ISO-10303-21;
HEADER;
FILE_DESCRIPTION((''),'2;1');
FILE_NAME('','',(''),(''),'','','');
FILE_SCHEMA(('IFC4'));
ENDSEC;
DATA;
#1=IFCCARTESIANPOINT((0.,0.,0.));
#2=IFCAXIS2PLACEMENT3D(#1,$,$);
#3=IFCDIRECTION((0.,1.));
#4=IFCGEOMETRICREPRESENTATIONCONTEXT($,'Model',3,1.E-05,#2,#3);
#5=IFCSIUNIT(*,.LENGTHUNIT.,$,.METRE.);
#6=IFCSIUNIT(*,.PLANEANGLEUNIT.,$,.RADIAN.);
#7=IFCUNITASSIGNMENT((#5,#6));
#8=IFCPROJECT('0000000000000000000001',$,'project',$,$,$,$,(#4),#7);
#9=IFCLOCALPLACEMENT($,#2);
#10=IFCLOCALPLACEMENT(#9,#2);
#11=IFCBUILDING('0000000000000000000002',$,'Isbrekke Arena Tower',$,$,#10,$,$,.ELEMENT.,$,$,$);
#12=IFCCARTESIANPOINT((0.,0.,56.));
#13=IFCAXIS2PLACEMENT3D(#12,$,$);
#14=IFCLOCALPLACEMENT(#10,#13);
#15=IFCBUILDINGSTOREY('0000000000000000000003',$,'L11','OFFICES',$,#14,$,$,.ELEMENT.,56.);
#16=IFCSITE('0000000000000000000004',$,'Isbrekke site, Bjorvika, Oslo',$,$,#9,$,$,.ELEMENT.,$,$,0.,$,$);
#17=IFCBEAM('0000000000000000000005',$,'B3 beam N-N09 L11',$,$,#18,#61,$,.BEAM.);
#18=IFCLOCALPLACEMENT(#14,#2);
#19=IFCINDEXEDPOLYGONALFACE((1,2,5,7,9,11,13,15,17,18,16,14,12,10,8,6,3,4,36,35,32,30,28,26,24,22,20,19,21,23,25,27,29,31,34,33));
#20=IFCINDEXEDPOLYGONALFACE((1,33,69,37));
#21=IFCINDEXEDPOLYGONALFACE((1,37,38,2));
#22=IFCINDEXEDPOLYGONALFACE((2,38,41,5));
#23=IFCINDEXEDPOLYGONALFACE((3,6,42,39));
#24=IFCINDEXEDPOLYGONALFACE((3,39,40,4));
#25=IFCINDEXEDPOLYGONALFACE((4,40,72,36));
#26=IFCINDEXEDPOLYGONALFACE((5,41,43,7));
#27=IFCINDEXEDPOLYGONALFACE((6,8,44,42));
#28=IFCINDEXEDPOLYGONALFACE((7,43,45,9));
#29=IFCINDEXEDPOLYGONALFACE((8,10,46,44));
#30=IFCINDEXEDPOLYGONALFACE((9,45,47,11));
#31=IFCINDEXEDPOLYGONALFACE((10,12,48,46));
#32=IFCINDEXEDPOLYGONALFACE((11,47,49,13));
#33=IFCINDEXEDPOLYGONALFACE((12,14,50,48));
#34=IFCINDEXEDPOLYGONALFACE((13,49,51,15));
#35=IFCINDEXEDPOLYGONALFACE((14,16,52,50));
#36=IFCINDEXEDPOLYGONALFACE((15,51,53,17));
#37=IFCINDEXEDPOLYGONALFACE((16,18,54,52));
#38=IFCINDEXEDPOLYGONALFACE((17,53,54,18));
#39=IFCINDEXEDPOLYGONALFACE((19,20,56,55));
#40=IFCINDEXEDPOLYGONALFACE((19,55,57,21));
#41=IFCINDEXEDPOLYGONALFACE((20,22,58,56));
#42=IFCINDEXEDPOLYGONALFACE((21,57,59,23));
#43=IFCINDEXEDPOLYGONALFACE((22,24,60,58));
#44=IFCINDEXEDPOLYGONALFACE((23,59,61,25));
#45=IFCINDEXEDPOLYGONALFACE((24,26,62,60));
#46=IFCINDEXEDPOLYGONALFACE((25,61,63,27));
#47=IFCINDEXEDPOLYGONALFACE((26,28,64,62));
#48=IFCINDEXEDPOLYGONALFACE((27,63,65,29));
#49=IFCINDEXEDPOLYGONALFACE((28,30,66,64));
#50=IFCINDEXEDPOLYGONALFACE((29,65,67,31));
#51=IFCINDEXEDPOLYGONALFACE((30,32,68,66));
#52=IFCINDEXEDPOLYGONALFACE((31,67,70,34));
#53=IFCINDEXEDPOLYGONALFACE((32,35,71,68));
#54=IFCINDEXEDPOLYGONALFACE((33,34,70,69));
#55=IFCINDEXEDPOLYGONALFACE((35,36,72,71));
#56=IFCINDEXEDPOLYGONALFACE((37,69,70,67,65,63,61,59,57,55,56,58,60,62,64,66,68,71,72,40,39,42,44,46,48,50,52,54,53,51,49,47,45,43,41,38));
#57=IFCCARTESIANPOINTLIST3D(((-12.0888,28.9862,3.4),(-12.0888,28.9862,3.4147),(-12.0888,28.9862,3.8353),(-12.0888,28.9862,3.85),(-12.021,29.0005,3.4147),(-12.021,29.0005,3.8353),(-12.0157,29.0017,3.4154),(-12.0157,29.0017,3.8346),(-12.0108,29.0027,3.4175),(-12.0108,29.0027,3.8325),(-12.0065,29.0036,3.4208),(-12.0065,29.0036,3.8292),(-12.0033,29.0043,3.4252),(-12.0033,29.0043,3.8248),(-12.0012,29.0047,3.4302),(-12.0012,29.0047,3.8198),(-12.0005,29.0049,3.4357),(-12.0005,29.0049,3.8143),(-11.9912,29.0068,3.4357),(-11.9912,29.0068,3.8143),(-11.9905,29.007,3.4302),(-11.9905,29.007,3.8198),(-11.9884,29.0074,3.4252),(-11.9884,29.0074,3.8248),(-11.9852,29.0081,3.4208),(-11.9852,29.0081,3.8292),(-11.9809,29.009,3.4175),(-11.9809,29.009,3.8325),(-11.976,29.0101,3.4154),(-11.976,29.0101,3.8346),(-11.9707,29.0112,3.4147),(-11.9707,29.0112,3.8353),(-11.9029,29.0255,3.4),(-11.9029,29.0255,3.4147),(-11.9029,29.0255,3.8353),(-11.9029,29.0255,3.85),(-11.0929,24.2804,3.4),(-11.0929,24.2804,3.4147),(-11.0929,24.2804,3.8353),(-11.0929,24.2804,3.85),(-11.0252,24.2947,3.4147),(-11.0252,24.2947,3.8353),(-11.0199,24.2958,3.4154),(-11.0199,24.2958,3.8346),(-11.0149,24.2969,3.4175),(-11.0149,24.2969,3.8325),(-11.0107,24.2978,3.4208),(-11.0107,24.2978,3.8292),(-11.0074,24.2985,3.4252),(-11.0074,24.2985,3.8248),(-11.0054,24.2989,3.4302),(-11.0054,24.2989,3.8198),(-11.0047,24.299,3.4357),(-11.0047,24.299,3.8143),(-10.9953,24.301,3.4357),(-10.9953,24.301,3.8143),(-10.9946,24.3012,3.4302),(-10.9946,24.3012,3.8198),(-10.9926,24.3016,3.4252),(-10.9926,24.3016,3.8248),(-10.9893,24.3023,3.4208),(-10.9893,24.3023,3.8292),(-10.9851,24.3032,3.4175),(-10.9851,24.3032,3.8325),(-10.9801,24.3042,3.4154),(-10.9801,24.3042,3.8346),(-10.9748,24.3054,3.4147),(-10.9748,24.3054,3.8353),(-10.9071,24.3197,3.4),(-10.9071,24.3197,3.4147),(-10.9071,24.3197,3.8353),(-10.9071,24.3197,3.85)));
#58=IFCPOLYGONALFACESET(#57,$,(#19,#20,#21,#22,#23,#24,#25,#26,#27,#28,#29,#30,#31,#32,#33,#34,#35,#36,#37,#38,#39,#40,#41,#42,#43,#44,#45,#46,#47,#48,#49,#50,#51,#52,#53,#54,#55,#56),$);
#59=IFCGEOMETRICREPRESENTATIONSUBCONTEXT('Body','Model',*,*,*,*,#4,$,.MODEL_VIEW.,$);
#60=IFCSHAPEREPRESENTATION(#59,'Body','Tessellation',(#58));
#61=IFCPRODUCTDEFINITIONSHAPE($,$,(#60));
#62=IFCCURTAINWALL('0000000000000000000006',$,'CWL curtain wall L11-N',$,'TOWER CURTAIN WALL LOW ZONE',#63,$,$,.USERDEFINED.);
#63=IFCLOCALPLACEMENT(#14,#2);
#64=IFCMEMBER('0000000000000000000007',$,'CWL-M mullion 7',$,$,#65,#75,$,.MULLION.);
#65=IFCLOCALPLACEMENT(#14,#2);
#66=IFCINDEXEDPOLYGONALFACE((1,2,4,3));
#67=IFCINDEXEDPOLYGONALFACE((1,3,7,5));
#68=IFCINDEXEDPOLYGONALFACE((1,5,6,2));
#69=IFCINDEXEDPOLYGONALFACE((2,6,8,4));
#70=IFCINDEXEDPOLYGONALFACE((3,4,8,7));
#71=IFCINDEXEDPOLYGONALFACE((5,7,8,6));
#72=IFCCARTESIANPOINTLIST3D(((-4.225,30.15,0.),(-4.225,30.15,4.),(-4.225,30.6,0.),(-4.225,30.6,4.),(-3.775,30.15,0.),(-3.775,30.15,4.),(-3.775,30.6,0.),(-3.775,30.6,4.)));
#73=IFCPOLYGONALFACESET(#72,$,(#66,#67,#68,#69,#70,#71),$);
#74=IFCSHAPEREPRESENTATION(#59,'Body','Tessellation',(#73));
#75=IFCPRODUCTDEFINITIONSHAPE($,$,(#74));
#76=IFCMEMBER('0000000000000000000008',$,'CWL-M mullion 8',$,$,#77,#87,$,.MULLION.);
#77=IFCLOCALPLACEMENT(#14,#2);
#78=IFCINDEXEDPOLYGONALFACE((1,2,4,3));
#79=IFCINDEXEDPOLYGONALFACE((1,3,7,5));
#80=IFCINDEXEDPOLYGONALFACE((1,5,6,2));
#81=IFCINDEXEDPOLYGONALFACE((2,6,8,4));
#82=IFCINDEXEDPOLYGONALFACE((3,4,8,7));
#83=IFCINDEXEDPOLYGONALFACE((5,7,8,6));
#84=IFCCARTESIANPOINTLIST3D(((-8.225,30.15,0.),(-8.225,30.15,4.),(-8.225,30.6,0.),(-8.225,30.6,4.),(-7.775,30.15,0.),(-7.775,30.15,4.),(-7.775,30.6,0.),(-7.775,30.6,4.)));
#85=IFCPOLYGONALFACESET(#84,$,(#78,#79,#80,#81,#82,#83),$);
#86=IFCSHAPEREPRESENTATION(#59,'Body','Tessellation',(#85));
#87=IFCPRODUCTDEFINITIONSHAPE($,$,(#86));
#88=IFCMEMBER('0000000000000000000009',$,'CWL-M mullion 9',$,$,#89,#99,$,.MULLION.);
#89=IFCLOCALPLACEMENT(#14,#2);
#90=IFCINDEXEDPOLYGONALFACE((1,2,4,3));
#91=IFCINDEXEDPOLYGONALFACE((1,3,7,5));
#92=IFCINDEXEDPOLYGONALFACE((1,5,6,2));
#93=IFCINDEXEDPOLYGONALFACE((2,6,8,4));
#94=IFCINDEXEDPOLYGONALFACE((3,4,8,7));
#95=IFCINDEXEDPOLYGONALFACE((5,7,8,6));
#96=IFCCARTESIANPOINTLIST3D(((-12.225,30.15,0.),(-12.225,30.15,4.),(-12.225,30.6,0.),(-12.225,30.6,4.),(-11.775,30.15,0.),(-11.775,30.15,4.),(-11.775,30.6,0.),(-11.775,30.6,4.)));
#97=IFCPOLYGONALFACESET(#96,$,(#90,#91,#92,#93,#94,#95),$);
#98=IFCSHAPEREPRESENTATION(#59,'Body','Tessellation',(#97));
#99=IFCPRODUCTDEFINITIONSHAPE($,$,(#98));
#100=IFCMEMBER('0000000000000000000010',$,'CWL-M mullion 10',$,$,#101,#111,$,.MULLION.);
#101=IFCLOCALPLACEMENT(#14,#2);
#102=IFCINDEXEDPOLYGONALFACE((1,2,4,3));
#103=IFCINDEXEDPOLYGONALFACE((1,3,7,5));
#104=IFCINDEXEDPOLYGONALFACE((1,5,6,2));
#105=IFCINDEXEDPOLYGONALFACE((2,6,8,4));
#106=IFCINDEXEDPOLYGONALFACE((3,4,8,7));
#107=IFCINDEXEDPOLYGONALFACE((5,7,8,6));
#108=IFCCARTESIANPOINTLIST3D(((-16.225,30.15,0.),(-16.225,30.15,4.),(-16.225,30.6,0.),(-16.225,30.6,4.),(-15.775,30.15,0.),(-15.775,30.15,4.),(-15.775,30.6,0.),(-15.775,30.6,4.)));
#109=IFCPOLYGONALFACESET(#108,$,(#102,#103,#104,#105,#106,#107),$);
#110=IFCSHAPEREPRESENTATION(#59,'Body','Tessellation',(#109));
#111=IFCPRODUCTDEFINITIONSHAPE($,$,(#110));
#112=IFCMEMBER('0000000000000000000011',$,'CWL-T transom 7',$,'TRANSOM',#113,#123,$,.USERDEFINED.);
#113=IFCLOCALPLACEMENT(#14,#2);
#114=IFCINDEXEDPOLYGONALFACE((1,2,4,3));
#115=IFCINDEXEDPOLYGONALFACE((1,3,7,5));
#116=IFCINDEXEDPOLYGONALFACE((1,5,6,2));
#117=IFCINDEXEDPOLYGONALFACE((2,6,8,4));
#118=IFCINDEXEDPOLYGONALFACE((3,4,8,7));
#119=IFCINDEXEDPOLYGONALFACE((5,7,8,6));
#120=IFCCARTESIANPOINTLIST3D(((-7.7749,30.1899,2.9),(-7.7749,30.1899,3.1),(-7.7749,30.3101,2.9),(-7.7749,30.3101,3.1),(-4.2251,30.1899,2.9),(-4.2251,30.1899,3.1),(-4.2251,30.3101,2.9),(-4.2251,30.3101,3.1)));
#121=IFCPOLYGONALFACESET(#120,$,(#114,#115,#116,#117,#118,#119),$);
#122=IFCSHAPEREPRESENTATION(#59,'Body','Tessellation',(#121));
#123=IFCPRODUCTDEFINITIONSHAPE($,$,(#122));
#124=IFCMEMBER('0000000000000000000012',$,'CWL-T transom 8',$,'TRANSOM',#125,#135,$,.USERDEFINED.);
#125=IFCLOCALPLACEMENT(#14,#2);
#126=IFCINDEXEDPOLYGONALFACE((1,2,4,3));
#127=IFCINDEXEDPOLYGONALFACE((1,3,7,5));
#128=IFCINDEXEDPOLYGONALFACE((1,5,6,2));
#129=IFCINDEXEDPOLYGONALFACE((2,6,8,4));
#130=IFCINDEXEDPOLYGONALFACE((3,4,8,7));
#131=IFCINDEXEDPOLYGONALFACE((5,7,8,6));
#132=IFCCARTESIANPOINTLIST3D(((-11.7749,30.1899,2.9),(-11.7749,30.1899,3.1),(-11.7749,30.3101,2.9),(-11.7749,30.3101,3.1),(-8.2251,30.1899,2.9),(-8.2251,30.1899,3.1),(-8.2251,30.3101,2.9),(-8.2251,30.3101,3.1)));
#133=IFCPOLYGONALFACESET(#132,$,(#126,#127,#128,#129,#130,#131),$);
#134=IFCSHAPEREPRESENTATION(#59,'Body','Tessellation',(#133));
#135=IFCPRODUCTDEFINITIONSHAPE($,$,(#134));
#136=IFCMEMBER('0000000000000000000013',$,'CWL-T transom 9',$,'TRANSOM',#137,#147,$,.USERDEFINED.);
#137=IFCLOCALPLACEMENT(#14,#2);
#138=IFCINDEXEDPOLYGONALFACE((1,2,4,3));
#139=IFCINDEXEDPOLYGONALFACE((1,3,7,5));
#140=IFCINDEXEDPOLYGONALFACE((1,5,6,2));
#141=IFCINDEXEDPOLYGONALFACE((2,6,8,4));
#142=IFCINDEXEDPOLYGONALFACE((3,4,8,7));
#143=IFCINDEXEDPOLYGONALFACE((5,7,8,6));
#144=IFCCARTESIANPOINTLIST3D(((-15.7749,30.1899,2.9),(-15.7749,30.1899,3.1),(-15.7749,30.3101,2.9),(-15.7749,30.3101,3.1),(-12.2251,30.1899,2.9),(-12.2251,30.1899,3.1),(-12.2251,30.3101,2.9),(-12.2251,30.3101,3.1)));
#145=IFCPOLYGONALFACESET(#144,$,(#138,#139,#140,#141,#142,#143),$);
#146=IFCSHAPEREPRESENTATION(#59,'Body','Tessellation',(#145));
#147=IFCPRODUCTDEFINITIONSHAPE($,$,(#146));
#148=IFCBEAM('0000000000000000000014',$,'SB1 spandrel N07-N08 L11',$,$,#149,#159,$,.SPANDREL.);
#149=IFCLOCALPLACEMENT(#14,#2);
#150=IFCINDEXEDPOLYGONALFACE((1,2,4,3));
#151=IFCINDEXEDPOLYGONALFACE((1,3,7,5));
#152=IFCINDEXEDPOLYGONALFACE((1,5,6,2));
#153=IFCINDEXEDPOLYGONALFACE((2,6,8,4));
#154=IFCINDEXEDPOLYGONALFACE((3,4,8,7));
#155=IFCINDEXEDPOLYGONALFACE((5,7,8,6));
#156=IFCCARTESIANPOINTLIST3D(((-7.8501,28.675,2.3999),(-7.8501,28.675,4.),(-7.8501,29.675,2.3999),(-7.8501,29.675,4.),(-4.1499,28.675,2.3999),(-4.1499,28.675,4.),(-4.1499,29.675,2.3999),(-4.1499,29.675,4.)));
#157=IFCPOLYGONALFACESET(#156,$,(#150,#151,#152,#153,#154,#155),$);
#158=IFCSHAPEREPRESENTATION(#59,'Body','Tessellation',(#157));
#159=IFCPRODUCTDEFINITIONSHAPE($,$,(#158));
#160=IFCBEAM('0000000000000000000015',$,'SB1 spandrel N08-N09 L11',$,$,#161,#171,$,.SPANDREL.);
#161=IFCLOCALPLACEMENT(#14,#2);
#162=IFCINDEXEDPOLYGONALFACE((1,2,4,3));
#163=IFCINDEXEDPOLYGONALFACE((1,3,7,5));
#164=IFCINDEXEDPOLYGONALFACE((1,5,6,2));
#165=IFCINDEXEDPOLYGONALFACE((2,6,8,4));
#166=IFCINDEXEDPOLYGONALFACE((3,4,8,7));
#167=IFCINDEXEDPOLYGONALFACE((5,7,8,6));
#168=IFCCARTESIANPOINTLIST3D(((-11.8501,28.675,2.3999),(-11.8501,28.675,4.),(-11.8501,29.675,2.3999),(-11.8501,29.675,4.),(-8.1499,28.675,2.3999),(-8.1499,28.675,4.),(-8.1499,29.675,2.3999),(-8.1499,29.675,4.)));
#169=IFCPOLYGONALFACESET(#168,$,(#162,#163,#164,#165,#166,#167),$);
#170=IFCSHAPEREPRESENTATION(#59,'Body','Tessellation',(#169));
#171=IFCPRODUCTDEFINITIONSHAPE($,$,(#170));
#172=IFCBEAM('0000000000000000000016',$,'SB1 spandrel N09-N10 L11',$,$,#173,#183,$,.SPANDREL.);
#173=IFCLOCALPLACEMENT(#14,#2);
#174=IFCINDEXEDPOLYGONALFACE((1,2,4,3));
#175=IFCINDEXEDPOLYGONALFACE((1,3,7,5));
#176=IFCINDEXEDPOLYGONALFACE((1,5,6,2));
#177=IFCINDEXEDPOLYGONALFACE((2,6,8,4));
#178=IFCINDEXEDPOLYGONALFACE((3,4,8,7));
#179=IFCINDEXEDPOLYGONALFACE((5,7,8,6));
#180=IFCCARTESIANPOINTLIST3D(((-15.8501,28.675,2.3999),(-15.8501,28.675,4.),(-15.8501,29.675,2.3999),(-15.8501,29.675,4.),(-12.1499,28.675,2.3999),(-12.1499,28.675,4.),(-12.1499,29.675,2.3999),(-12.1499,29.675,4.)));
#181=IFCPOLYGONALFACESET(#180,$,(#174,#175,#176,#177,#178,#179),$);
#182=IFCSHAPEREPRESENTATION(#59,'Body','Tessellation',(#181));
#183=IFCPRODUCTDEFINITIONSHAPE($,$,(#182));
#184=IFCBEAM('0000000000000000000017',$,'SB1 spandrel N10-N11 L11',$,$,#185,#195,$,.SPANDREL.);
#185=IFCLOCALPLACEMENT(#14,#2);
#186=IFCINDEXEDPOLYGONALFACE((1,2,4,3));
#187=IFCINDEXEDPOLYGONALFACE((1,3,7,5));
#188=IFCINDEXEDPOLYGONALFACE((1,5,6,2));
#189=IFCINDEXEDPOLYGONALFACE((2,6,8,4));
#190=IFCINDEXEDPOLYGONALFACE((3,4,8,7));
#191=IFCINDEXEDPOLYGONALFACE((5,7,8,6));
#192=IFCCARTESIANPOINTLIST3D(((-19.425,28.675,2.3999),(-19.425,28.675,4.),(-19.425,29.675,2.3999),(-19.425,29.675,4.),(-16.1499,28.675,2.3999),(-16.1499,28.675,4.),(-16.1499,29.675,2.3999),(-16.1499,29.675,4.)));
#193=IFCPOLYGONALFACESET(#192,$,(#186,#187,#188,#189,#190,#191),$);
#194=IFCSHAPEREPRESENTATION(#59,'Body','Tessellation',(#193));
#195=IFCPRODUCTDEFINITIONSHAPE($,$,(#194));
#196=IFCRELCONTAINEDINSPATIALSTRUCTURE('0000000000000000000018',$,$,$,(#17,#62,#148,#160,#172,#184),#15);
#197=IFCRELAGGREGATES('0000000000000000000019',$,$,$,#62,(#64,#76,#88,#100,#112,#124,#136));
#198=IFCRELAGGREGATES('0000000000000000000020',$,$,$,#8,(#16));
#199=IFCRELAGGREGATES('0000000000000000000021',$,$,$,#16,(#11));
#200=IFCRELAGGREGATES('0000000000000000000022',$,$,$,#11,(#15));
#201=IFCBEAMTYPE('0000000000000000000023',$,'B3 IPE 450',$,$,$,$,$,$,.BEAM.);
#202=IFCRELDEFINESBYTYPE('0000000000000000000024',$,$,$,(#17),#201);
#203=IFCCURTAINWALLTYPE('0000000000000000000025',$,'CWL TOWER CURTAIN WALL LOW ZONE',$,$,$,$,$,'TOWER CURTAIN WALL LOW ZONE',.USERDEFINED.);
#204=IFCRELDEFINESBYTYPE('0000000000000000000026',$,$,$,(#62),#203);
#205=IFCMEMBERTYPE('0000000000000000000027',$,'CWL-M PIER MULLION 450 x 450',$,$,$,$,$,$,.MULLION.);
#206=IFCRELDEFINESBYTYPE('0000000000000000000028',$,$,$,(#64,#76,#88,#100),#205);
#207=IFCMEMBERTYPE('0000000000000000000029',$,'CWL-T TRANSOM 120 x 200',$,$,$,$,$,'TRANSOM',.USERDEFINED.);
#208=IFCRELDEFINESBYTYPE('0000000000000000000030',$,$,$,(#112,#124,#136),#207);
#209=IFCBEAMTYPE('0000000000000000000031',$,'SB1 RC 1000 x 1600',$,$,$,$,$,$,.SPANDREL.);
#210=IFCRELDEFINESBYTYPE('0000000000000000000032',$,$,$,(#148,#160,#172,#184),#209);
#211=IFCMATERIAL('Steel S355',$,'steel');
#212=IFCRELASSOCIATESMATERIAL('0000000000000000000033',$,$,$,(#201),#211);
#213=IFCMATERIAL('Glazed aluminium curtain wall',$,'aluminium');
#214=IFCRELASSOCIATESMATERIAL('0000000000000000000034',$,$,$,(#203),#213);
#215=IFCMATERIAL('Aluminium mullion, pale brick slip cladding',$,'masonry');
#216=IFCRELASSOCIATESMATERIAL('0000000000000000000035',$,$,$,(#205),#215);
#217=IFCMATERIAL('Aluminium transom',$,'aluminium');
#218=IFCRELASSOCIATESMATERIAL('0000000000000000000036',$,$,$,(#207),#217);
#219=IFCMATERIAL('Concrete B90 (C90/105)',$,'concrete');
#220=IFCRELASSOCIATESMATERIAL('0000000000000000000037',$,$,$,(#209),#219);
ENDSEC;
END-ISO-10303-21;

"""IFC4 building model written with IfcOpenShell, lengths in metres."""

from ifc_helpers import new_model, si_unit, direction, frame, origin, origin_2d, place, context, subcontext, project, spatial, rectangle, i_section, extrude, material, material_profile, profile_set, type_object, element, aggregate, save


model = new_model("IFC4")

# Units and contexts
model_context = context("Model", 3, precision=1e-05, world=origin(), true_north=direction((0.0, 1.0)))
body_context = subcontext(model_context, "Body", "Model", "MODEL_VIEW")
ifc_project = project(units=[si_unit("LENGTHUNIT", "METRE"), si_unit("PLANEANGLEUNIT", "RADIAN")], contexts=[model_context])

# Site, building, storey
site_placement = place(None, origin())
site = spatial("IfcSite", under=ifc_project, at=site_placement, Name="Isbrekke site, Bjorvika, Oslo", CompositionType="ELEMENT", RefElevation=0.0)
building_placement = place(site_placement, origin())
building = spatial("IfcBuilding", under=site, at=building_placement, Name="Isbrekke Arena Tower", CompositionType="ELEMENT")
storey_placement = place(building_placement, frame((0.0, 0.0, 56.0)))
storey = spatial("IfcBuildingStorey", under=building, at=storey_placement, Name="L11", Description="OFFICES", CompositionType="ELEMENT", Elevation=56.0)

# Beam
ifc_material_1 = material(Name="Steel S355", Category="steel")
ifc_material_profile_1 = material_profile(ifc_material_1, i_section(OverallWidth=0.1899, OverallDepth=0.45, WebThickness=0.0095, FlangeThickness=0.0146, FilletRadius=0.021, at=origin_2d()), Name="IPE 450")
ifc_profile_set_1 = profile_set([ifc_material_profile_1], Name="Steel S355")
beam_type_1 = type_object("IfcBeamType", Name="B3 IPE 450", PredefinedType="BEAM", material=ifc_profile_set_1)
beam_1_placement = place(storey_placement, frame((-11.9958, 29.0059, 3.625), z_axis=(0.207036, -0.978333, 0.0), x_axis=(0.978333, 0.207036, 0.0)))
element("IfcBeam", 1, at=beam_1_placement, inside=storey, type_object=beam_type_1, Name="B3 beam N-N09 L11", PredefinedType="BEAM", context=body_context, shape_type="SweptSolid", body=[
    extrude(i_section(OverallWidth=0.1899, OverallDepth=0.45, WebThickness=0.0095, FlangeThickness=0.0146, FilletRadius=0.021, at=origin_2d()), origin(), (0.0, 0.0, 1.0), 4.8101),
])

# Curtain wall, members
ifc_material_2 = material(Name="Glazed aluminium curtain wall", Category="aluminium")
curtain_wall_type = type_object("IfcCurtainWallType", Name="CWL TOWER CURTAIN WALL LOW ZONE", ElementType="TOWER CURTAIN WALL LOW ZONE", PredefinedType="USERDEFINED", material=ifc_material_2)
curtain_wall_placement = place(storey_placement, origin())
curtain_wall = element("IfcCurtainWall", 2, at=curtain_wall_placement, inside=storey, type_object=curtain_wall_type, Name="CWL curtain wall L11-N", ObjectType="TOWER CURTAIN WALL LOW ZONE", PredefinedType="USERDEFINED")
ifc_material_3 = material(Name="Aluminium mullion, pale brick slip cladding", Category="masonry")
ifc_material_profile_2 = material_profile(ifc_material_3, rectangle(XDim=0.45, YDim=0.45, at=origin_2d()), Name="PIER 450X450")
ifc_profile_set_2 = profile_set([ifc_material_profile_2], Name="Aluminium mullion, pale brick slip cladding")
member_type_1 = type_object("IfcMemberType", Name="CWL-M PIER MULLION 450 x 450", PredefinedType="MULLION", material=ifc_profile_set_2)
member_1_placement = place(storey_placement, frame((-4.0, 30.375, 0.0), z_axis=(0.0, 0.0, 1.0), x_axis=(-1.0, 0.0, 0.0)))
member_1 = element("IfcMember", 3, at=member_1_placement, type_object=member_type_1, Name="CWL-M mullion 7", PredefinedType="MULLION", context=body_context, shape_type="SweptSolid", body=[
    extrude(rectangle(XDim=0.45, YDim=0.45, at=origin_2d()), origin(), (0.0, 0.0, 1.0), 4.0),
])
member_2_placement = place(storey_placement, frame((-8.0, 30.375, 0.0), z_axis=(0.0, 0.0, 1.0), x_axis=(-1.0, 0.0, 0.0)))
member_2 = element("IfcMember", 4, at=member_2_placement, type_object=member_type_1, Name="CWL-M mullion 8", PredefinedType="MULLION", context=body_context, shape_type="SweptSolid", body=[
    extrude(rectangle(XDim=0.45, YDim=0.45, at=origin_2d()), origin(), (0.0, 0.0, 1.0), 4.0),
])
member_3_placement = place(storey_placement, frame((-12.0, 30.375, 0.0), z_axis=(0.0, 0.0, 1.0), x_axis=(-1.0, 0.0, 0.0)))
member_3 = element("IfcMember", 5, at=member_3_placement, type_object=member_type_1, Name="CWL-M mullion 9", PredefinedType="MULLION", context=body_context, shape_type="SweptSolid", body=[
    extrude(rectangle(XDim=0.45, YDim=0.45, at=origin_2d()), origin(), (0.0, 0.0, 1.0), 4.0),
])
member_4_placement = place(storey_placement, frame((-16.0, 30.375, 0.0), z_axis=(0.0, 0.0, 1.0), x_axis=(-1.0, 0.0, 0.0)))
member_4 = element("IfcMember", 6, at=member_4_placement, type_object=member_type_1, Name="CWL-M mullion 10", PredefinedType="MULLION", context=body_context, shape_type="SweptSolid", body=[
    extrude(rectangle(XDim=0.45, YDim=0.45, at=origin_2d()), origin(), (0.0, 0.0, 1.0), 4.0),
])
ifc_material_4 = material(Name="Aluminium transom", Category="aluminium")
ifc_material_profile_3 = material_profile(ifc_material_4, rectangle(XDim=0.1201, YDim=0.2, at=origin_2d()), Name="TRANSOM 120X200")
ifc_profile_set_3 = profile_set([ifc_material_profile_3], Name="Aluminium transom")
member_type_2 = type_object("IfcMemberType", Name="CWL-T TRANSOM 120 x 200", ElementType="TRANSOM", PredefinedType="USERDEFINED", material=ifc_profile_set_3)
member_5_placement = place(storey_placement, frame((-4.2251, 30.25, 3.0), z_axis=(-1.0, 0.0, 0.0), x_axis=(0.0, -1.0, 0.0)))
member_5 = element("IfcMember", 7, at=member_5_placement, type_object=member_type_2, Name="CWL-T transom 7", ObjectType="TRANSOM", PredefinedType="USERDEFINED", context=body_context, shape_type="SweptSolid", body=[
    extrude(rectangle(XDim=0.1201, YDim=0.2, at=origin_2d()), origin(), (0.0, 0.0, 1.0), 3.5498),
])
member_6_placement = place(storey_placement, frame((-8.2251, 30.25, 3.0), z_axis=(-1.0, 0.0, 0.0), x_axis=(0.0, -1.0, 0.0)))
member_6 = element("IfcMember", 8, at=member_6_placement, type_object=member_type_2, Name="CWL-T transom 8", ObjectType="TRANSOM", PredefinedType="USERDEFINED", context=body_context, shape_type="SweptSolid", body=[
    extrude(rectangle(XDim=0.1201, YDim=0.2, at=origin_2d()), origin(), (0.0, 0.0, 1.0), 3.5498),
])
member_7_placement = place(storey_placement, frame((-12.2251, 30.25, 3.0), z_axis=(-1.0, 0.0, 0.0), x_axis=(0.0, -1.0, 0.0)))
member_7 = element("IfcMember", 9, at=member_7_placement, type_object=member_type_2, Name="CWL-T transom 9", ObjectType="TRANSOM", PredefinedType="USERDEFINED", context=body_context, shape_type="SweptSolid", body=[
    extrude(rectangle(XDim=0.1201, YDim=0.2, at=origin_2d()), origin(), (0.0, 0.0, 1.0), 3.5498),
])

# Beams
ifc_material_5 = material(Name="Concrete B90 (C90/105)", Category="concrete")
ifc_material_profile_4 = material_profile(ifc_material_5, rectangle(XDim=1.0, YDim=1.6001, at=origin_2d()), Name="RC 1000x1600")
ifc_profile_set_4 = profile_set([ifc_material_profile_4], Name="Concrete B90 (C90/105)")
beam_type_2 = type_object("IfcBeamType", Name="SB1 RC 1000 x 1600", PredefinedType="SPANDREL", material=ifc_profile_set_4)
for number, where, z_axis, x_axis, name in (
    (10, (-4.1499, 29.175, 3.2), (-1.0, 0.0, 0.0), (0.0, -1.0, 0.0), "SB1 spandrel N07-N08 L11"),
    (11, (-8.1499, 29.175, 3.2), (-1.0, 0.0, 0.0), (0.0, -1.0, 0.0), "SB1 spandrel N08-N09 L11"),
    (12, (-12.1499, 29.175, 3.2), (-1.0, 0.0, 0.0), (0.0, -1.0, 0.0), "SB1 spandrel N09-N10 L11"),
):
    element("IfcBeam", number, at=place(storey_placement, frame(where, z_axis=z_axis, x_axis=x_axis)), inside=storey, type_object=beam_type_2, Name=name, PredefinedType="SPANDREL", context=body_context, shape_type="SweptSolid", body=[
        extrude(rectangle(XDim=1.0, YDim=1.6001, at=origin_2d()), origin(), (0.0, 0.0, 1.0), 3.7002),
    ])
beam_2_placement = place(storey_placement, frame((-16.1499, 29.175, 3.2), z_axis=(-1.0, 0.0, 0.0), x_axis=(0.0, -1.0, 0.0)))
element("IfcBeam", 13, at=beam_2_placement, inside=storey, type_object=beam_type_2, Name="SB1 spandrel N10-N11 L11", PredefinedType="SPANDREL", context=body_context, shape_type="SweptSolid", body=[
    extrude(rectangle(XDim=1.0, YDim=1.6001, at=origin_2d()), origin(), (0.0, 0.0, 1.0), 3.2751),
])

aggregate(curtain_wall, [member_1, member_2, member_3, member_4, member_5, member_6, member_7])

save(model, "model.ifc")
